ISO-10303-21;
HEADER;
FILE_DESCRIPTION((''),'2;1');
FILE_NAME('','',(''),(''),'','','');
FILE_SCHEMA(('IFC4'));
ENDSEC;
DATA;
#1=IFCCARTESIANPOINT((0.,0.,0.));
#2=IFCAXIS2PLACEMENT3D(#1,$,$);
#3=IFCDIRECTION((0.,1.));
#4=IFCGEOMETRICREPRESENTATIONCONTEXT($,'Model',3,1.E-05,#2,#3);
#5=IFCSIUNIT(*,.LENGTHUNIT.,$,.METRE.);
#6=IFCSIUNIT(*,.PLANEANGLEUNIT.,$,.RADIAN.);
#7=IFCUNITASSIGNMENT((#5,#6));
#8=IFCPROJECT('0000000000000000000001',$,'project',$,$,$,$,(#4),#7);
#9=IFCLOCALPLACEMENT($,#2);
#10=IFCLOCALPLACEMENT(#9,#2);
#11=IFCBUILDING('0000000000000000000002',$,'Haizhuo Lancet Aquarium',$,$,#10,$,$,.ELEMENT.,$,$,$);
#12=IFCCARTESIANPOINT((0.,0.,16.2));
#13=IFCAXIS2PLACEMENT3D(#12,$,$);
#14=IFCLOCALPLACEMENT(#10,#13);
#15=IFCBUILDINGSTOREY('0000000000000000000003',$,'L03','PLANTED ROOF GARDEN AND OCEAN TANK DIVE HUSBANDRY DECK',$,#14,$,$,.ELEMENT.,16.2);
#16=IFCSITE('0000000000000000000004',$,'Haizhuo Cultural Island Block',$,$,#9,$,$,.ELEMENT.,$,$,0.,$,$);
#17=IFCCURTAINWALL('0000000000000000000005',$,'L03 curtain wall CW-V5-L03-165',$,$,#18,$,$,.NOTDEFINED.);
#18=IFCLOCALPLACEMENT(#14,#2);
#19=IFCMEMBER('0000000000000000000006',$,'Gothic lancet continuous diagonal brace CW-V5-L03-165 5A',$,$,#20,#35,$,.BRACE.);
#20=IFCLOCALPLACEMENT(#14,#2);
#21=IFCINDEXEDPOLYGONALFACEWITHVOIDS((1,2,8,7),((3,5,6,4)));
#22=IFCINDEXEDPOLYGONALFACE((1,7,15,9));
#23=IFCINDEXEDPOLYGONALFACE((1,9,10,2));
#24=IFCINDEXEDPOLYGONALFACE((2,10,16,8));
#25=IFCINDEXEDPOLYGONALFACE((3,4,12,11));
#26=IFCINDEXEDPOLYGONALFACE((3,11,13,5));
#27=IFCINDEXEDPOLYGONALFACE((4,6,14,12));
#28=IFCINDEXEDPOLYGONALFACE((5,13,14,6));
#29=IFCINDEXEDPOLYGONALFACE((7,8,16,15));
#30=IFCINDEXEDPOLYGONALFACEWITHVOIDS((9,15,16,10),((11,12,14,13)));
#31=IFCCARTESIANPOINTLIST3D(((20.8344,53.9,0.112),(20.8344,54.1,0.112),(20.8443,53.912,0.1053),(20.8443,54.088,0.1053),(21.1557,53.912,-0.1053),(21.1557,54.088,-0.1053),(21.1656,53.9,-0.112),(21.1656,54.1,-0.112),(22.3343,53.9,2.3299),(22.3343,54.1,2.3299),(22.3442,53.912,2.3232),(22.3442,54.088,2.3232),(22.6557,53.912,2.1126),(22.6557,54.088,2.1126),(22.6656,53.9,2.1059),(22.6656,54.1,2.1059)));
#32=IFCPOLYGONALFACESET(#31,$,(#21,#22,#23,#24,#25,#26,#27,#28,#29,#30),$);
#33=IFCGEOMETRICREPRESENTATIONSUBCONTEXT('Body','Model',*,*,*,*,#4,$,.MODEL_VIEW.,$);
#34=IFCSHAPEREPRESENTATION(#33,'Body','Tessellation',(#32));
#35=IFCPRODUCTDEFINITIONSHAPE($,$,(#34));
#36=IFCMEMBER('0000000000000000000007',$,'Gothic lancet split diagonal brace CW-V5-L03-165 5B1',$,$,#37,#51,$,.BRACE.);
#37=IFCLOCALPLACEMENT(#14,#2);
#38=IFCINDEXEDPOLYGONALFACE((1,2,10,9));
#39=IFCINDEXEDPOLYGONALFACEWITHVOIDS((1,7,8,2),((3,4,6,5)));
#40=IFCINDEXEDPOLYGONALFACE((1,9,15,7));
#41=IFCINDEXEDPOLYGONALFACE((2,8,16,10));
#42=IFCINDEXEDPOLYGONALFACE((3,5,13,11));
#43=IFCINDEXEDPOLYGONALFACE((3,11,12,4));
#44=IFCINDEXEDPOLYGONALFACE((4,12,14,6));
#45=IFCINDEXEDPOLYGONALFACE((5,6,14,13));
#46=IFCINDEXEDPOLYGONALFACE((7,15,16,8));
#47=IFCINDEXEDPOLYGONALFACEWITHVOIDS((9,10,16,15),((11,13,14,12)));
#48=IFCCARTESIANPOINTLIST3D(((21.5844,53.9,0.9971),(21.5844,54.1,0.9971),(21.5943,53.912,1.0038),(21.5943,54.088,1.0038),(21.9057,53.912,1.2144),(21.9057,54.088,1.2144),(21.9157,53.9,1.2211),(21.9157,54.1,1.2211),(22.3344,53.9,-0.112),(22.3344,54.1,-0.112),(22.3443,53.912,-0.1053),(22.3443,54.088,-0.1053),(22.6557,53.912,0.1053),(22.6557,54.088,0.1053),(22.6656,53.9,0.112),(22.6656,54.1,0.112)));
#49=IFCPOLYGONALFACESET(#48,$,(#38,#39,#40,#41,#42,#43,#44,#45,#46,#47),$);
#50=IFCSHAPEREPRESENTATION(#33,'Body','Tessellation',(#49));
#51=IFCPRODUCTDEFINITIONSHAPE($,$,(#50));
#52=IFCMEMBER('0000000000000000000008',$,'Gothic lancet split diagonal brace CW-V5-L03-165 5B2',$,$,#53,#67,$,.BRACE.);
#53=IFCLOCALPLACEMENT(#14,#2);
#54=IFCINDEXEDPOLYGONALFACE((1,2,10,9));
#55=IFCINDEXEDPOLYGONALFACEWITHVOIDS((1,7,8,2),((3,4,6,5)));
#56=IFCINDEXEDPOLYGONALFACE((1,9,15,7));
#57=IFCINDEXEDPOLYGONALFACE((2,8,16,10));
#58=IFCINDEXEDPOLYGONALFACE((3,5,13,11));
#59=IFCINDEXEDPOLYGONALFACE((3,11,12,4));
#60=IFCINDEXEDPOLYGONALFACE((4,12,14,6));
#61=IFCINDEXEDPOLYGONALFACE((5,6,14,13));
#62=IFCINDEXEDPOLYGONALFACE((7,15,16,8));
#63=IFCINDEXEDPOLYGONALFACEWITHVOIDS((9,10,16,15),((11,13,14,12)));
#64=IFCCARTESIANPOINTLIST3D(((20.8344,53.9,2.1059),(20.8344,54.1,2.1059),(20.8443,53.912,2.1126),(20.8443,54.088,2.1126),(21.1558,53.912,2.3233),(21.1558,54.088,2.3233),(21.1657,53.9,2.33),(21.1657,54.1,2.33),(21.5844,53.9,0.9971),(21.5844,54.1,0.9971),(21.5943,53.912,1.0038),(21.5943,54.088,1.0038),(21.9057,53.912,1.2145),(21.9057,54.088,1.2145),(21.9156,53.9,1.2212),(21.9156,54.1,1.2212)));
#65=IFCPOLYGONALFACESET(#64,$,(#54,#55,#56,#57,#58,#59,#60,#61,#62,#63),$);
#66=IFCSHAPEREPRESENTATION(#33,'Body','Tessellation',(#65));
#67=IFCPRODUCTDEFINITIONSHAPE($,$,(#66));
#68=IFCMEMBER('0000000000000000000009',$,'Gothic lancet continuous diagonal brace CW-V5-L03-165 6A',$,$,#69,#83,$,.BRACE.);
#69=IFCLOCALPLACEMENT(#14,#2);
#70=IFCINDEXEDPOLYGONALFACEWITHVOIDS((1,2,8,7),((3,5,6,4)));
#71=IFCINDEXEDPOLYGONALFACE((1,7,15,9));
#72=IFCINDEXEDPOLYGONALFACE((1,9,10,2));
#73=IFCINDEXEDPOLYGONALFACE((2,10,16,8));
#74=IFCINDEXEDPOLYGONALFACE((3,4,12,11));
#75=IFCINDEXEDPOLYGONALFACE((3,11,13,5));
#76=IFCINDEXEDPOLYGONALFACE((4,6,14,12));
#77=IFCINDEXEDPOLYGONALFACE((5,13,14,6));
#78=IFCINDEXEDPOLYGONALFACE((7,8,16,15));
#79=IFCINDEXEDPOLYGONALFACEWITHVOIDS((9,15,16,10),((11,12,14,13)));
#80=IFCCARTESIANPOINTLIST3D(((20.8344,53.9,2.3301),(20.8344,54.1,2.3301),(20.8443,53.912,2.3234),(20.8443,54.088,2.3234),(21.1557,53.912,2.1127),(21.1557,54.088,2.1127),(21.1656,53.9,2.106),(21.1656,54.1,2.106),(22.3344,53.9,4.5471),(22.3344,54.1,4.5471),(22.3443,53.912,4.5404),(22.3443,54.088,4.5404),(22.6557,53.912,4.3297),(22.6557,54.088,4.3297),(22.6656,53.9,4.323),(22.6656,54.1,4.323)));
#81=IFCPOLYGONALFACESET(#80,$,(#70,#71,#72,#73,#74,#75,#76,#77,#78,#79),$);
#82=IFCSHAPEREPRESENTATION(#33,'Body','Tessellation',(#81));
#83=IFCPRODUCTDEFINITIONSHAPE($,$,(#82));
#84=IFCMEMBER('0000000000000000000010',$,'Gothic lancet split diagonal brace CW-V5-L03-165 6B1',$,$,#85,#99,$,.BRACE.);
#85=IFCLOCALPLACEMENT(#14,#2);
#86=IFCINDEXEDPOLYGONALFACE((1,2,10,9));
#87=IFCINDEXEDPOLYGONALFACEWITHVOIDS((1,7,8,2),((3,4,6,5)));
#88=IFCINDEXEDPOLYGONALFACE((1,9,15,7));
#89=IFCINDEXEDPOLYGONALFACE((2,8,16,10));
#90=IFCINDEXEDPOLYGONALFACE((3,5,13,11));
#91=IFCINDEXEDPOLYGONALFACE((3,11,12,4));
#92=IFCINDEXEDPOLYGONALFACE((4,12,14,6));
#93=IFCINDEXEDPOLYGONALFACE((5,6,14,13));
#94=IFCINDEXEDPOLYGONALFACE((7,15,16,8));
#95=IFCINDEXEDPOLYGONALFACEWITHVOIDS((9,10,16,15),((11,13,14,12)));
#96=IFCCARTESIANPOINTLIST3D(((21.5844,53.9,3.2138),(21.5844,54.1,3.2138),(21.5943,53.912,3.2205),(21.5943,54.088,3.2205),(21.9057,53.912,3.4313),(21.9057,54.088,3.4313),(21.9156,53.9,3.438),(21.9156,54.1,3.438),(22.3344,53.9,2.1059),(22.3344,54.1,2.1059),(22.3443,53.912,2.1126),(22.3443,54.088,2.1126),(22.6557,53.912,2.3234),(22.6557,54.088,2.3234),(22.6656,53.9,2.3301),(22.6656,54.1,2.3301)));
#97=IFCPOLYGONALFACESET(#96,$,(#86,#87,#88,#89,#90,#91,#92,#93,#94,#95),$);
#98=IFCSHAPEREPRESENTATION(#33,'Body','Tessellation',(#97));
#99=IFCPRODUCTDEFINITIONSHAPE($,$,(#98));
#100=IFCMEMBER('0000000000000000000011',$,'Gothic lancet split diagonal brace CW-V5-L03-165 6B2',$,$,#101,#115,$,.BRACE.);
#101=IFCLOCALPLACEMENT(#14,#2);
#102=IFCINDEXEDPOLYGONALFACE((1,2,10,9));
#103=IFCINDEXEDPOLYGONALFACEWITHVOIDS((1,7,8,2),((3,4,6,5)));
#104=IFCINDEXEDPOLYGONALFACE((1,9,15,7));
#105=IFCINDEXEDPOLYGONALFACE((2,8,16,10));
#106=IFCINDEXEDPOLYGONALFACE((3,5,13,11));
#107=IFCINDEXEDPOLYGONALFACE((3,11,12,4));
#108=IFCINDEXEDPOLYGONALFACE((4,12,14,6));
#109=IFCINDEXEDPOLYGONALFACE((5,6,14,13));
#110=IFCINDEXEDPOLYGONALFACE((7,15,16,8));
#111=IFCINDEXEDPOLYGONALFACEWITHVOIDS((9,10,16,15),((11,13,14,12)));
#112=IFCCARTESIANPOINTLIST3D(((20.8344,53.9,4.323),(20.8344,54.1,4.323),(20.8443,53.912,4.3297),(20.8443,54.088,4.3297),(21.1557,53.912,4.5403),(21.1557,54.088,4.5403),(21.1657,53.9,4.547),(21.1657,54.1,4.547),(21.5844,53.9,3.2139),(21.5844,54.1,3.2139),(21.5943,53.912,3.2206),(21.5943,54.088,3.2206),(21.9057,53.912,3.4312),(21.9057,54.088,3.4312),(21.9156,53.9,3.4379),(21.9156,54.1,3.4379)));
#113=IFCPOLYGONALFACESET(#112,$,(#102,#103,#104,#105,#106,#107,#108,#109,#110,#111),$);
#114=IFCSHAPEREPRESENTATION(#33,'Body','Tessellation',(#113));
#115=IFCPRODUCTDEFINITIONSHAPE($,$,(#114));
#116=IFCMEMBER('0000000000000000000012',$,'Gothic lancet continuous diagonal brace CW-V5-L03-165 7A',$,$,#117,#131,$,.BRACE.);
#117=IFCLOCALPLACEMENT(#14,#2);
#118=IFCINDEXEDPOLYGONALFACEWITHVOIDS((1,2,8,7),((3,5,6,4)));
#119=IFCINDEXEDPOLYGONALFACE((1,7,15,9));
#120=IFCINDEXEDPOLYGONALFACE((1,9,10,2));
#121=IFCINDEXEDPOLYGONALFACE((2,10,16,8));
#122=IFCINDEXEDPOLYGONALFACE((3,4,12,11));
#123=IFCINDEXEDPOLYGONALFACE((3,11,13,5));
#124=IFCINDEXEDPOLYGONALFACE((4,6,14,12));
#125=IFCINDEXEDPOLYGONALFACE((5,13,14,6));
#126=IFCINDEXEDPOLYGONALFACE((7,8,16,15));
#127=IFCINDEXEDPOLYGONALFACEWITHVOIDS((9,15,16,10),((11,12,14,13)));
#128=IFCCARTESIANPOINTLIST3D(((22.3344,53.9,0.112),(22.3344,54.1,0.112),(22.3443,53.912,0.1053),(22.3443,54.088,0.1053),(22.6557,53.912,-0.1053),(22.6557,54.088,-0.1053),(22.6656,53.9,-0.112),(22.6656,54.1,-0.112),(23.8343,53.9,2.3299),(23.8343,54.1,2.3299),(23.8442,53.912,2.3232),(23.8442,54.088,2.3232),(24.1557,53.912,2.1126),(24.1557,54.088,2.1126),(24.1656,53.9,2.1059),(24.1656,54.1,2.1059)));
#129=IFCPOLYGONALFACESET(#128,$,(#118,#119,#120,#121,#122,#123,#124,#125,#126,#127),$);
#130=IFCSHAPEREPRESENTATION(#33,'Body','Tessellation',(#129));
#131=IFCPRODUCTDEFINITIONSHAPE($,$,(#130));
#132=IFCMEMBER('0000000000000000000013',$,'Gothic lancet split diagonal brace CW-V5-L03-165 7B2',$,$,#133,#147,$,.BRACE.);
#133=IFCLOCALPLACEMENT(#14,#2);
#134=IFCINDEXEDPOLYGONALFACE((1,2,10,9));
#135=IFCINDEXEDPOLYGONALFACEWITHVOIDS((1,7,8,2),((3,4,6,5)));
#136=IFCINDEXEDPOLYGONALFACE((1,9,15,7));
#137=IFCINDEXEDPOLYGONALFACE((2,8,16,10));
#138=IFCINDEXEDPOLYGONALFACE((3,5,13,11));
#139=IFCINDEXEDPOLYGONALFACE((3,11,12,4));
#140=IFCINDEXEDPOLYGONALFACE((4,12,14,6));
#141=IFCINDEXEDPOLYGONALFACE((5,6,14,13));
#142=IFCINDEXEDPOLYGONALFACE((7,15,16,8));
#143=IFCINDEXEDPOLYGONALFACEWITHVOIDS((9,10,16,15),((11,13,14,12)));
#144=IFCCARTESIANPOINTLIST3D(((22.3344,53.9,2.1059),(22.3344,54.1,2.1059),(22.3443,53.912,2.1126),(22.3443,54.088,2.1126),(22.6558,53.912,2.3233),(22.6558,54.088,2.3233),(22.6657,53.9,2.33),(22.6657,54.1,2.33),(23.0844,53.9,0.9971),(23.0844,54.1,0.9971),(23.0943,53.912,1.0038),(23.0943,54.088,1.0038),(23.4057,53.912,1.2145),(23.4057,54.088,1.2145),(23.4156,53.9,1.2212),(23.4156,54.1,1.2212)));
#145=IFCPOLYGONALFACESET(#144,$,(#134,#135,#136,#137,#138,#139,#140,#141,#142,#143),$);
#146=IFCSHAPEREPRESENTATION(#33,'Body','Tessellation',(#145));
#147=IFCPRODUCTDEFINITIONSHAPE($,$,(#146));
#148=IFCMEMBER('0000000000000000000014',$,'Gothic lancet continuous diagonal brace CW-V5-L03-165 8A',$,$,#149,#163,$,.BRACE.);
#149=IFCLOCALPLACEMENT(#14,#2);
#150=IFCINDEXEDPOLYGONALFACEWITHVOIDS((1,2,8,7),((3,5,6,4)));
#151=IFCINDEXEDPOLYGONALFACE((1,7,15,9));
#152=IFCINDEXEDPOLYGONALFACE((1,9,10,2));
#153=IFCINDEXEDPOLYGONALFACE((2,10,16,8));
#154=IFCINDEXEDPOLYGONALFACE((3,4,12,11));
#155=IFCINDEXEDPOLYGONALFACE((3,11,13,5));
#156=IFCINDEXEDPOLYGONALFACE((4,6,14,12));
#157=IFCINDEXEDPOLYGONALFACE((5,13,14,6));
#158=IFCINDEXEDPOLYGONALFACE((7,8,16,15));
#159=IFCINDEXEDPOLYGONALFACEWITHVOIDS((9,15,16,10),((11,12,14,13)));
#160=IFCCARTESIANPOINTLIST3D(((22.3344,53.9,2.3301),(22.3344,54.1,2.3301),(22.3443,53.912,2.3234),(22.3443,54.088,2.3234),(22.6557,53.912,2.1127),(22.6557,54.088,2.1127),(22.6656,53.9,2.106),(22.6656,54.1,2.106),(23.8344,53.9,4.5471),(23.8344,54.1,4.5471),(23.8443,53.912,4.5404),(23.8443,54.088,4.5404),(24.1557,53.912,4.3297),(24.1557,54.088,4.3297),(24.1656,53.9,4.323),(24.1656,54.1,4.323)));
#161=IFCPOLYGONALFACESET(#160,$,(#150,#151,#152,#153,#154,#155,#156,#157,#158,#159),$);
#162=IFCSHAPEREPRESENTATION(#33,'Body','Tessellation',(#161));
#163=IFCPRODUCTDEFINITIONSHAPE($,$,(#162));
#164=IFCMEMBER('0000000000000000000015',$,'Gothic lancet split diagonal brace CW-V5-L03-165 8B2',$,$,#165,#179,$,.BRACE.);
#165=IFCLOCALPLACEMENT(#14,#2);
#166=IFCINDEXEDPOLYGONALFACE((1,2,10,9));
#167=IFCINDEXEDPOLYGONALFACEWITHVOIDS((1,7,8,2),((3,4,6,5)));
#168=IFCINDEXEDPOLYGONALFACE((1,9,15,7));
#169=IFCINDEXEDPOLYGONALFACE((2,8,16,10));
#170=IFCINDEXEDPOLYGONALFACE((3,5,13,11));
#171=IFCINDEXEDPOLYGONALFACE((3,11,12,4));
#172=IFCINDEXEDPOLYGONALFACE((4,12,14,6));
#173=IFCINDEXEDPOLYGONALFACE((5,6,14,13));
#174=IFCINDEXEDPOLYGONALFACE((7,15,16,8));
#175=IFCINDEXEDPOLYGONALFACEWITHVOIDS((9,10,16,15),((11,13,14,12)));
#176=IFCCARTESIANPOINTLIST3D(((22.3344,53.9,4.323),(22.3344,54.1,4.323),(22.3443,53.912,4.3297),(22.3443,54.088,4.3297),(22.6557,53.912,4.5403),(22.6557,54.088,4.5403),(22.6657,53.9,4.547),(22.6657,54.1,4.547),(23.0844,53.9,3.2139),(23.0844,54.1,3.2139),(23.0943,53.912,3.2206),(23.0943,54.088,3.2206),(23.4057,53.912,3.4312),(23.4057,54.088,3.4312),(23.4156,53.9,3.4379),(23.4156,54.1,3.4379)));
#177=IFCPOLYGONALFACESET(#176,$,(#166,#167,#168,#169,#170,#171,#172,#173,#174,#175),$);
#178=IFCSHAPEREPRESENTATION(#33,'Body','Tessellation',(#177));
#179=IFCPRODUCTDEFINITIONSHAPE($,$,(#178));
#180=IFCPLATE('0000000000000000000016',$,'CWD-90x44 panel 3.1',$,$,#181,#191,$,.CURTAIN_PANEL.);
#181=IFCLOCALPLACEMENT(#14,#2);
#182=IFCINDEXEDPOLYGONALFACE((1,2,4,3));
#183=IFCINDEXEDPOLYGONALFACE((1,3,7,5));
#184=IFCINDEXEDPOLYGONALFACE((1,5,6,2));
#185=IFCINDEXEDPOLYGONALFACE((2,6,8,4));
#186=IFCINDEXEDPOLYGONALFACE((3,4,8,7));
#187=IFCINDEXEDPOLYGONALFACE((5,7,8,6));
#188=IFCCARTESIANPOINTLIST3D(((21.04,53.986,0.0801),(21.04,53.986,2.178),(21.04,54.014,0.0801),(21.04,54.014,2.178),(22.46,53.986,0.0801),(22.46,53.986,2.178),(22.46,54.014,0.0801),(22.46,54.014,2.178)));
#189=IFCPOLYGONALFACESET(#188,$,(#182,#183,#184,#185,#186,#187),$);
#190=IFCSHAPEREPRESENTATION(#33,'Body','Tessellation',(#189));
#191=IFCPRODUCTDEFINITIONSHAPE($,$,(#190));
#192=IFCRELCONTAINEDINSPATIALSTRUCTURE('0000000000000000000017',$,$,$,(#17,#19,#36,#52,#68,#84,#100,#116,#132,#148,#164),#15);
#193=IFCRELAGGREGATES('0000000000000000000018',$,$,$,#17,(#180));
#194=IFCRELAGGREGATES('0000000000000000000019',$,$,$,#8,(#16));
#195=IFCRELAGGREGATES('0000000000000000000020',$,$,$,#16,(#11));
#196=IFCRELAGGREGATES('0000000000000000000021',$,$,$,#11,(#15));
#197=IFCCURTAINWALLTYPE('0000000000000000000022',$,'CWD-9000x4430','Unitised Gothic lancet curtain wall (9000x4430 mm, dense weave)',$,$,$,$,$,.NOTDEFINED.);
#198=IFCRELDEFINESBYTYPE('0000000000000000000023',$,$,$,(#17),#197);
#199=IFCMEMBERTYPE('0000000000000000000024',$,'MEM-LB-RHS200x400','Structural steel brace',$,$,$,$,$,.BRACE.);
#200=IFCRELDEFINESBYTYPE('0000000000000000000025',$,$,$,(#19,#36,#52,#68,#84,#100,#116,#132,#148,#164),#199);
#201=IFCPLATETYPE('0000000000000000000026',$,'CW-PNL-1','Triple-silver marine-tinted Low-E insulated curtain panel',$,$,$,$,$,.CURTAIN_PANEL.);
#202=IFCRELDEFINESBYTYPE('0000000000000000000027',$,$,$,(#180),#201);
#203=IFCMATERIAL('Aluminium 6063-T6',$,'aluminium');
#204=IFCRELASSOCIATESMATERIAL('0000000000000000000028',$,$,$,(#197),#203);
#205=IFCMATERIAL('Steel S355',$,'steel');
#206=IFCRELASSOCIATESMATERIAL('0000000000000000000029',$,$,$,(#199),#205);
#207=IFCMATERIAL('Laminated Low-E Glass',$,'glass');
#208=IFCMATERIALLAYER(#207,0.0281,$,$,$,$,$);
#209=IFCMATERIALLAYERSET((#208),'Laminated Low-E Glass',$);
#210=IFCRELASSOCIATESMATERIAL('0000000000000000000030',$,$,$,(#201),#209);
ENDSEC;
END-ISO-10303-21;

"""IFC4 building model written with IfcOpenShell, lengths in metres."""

from ifc_helpers import new_model, si_unit, direction, frame, origin, origin_2d, place, context, subcontext, project, spatial, rectangle, hollow_rectangle, extrude, material, layer, layer_set, material_profile, profile_set, type_object, element, aggregate, save


model = new_model("IFC4")

# Units and contexts
model_context = context("Model", 3, precision=1e-05, world=origin(), true_north=direction((0.0, 1.0)))
body_context = subcontext(model_context, "Body", "Model", "MODEL_VIEW")
ifc_project = project(units=[si_unit("LENGTHUNIT", "METRE"), si_unit("PLANEANGLEUNIT", "RADIAN")], contexts=[model_context])

# Site, building, storey
site_placement = place(None, origin())
site = spatial("IfcSite", under=ifc_project, at=site_placement, Name="Haizhuo Cultural Island Block", CompositionType="ELEMENT", RefElevation=0.0)
building_placement = place(site_placement, origin())
building = spatial("IfcBuilding", under=site, at=building_placement, Name="Haizhuo Lancet Aquarium", CompositionType="ELEMENT")
storey_placement = place(building_placement, frame((0.0, 0.0, 16.2)))
storey = spatial("IfcBuildingStorey", under=building, at=storey_placement, Name="L03", Description="PLANTED ROOF GARDEN AND OCEAN TANK DIVE HUSBANDRY DECK", CompositionType="ELEMENT", Elevation=16.2)

# Curtain wall
ifc_material_1 = material(Name="Aluminium 6063-T6", Category="aluminium")
curtain_wall_type = type_object("IfcCurtainWallType", Name="CWD-9000x4430", Description="Unitised Gothic lancet curtain wall (9000x4430 mm, dense weave)", PredefinedType="NOTDEFINED", material=ifc_material_1)
curtain_wall_placement = place(storey_placement, origin())
curtain_wall = element("IfcCurtainWall", 1, at=curtain_wall_placement, inside=storey, type_object=curtain_wall_type, Name="L03 curtain wall CW-V5-L03-165", PredefinedType="NOTDEFINED")

# Members
ifc_material_2 = material(Name="Steel S355", Category="steel")
ifc_material_profile_1 = material_profile(ifc_material_2, hollow_rectangle(XDim=0.2, YDim=0.3999, WallThickness=0.012, at=origin_2d()), Name="RHS 200x400x12")
ifc_profile_set_1 = profile_set([ifc_material_profile_1], Name="Steel S355")
member_type_1 = type_object("IfcMemberType", Name="MEM-LB-RHS200x400", Description="Structural steel brace", PredefinedType="BRACE", material=ifc_profile_set_1)
member_1_placement = place(storey_placement, frame((21.0, 54.0, 0.0), z_axis=(0.560201, 0.0, 0.828357), x_axis=(0.0, 1.0, 0.0)))
element("IfcMember", 2, at=member_1_placement, inside=storey, type_object=member_type_1, Name="Gothic lancet continuous diagonal brace CW-V5-L03-165 5A", PredefinedType="BRACE", context=body_context, shape_type="SweptSolid", body=[
    extrude(hollow_rectangle(XDim=0.2, YDim=0.3999, WallThickness=0.012, at=origin_2d()), origin(), (0.0, 0.0, 1.0), 2.6775),
])
member_2_placement = place(storey_placement, frame((22.5, 54.0, 0.0), z_axis=(-0.560159, 0.0, 0.828385), x_axis=(0.0, -1.0, 0.0)))
element("IfcMember", 3, at=member_2_placement, inside=storey, type_object=member_type_1, Name="Gothic lancet split diagonal brace CW-V5-L03-165 5B1", PredefinedType="BRACE", context=body_context, shape_type="SweptSolid", body=[
    extrude(hollow_rectangle(XDim=0.2, YDim=0.3999, WallThickness=0.012, at=origin_2d()), origin(), (0.0, 0.0, 1.0), 1.3389),
])
member_3_placement = place(storey_placement, frame((21.75, 54.0, 1.1091), z_axis=(-0.560243, 0.0, 0.828328), x_axis=(0.0, -1.0, 0.0)))
element("IfcMember", 4, at=member_3_placement, inside=storey, type_object=member_type_1, Name="Gothic lancet split diagonal brace CW-V5-L03-165 5B2", PredefinedType="BRACE", context=body_context, shape_type="SweptSolid", body=[
    extrude(hollow_rectangle(XDim=0.2, YDim=0.3999, WallThickness=0.012, at=origin_2d()), origin(), (0.0, 0.0, 1.0), 1.3386),
])
member_4_placement = place(storey_placement, frame((21.0, 54.0, 2.218), z_axis=(0.56037, 0.0, 0.828242), x_axis=(0.0, 1.0, 0.0)))
element("IfcMember", 5, at=member_4_placement, inside=storey, type_object=member_type_1, Name="Gothic lancet continuous diagonal brace CW-V5-L03-165 6A", PredefinedType="BRACE", context=body_context, shape_type="SweptSolid", body=[
    extrude(hollow_rectangle(XDim=0.2, YDim=0.3999, WallThickness=0.012, at=origin_2d()), origin(), (0.0, 0.0, 1.0), 2.6768),
])
member_5_placement = place(storey_placement, frame((22.5, 54.0, 2.218), z_axis=(-0.560582, 0.0, 0.828099), x_axis=(0.0, -1.0, 0.0)))
element("IfcMember", 6, at=member_5_placement, inside=storey, type_object=member_type_1, Name="Gothic lancet split diagonal brace CW-V5-L03-165 6B1", PredefinedType="BRACE", context=body_context, shape_type="SweptSolid", body=[
    extrude(hollow_rectangle(XDim=0.2, YDim=0.3999, WallThickness=0.012, at=origin_2d()), origin(), (0.0, 0.0, 1.0), 1.3379),
])
member_6_placement = place(storey_placement, frame((21.75, 54.0, 3.3259), z_axis=(-0.560159, 0.0, 0.828385), x_axis=(0.0, -1.0, 0.0)))
element("IfcMember", 7, at=member_6_placement, inside=storey, type_object=member_type_1, Name="Gothic lancet split diagonal brace CW-V5-L03-165 6B2", PredefinedType="BRACE", context=body_context, shape_type="SweptSolid", body=[
    extrude(hollow_rectangle(XDim=0.2, YDim=0.3999, WallThickness=0.012, at=origin_2d()), origin(), (0.0, 0.0, 1.0), 1.3389),
])
member_7_placement = place(storey_placement, frame((22.5, 54.0, 0.0), z_axis=(0.560201, 0.0, 0.828357), x_axis=(0.0, 1.0, 0.0)))
element("IfcMember", 8, at=member_7_placement, inside=storey, type_object=member_type_1, Name="Gothic lancet continuous diagonal brace CW-V5-L03-165 7A", PredefinedType="BRACE", context=body_context, shape_type="SweptSolid", body=[
    extrude(hollow_rectangle(XDim=0.2, YDim=0.3999, WallThickness=0.012, at=origin_2d()), origin(), (0.0, 0.0, 1.0), 2.6775),
])
member_8_placement = place(storey_placement, frame((23.25, 54.0, 1.1091), z_axis=(-0.560243, 0.0, 0.828328), x_axis=(0.0, -1.0, 0.0)))
element("IfcMember", 9, at=member_8_placement, inside=storey, type_object=member_type_1, Name="Gothic lancet split diagonal brace CW-V5-L03-165 7B2", PredefinedType="BRACE", context=body_context, shape_type="SweptSolid", body=[
    extrude(hollow_rectangle(XDim=0.2, YDim=0.3999, WallThickness=0.012, at=origin_2d()), origin(), (0.0, 0.0, 1.0), 1.3386),
])
member_9_placement = place(storey_placement, frame((22.5, 54.0, 2.218), z_axis=(0.56037, 0.0, 0.828242), x_axis=(0.0, 1.0, 0.0)))
element("IfcMember", 10, at=member_9_placement, inside=storey, type_object=member_type_1, Name="Gothic lancet continuous diagonal brace CW-V5-L03-165 8A", PredefinedType="BRACE", context=body_context, shape_type="SweptSolid", body=[
    extrude(hollow_rectangle(XDim=0.2, YDim=0.3999, WallThickness=0.012, at=origin_2d()), origin(), (0.0, 0.0, 1.0), 2.6768),
])
member_10_placement = place(storey_placement, frame((23.25, 54.0, 3.3259), z_axis=(-0.560159, 0.0, 0.828385), x_axis=(0.0, -1.0, 0.0)))
element("IfcMember", 11, at=member_10_placement, inside=storey, type_object=member_type_1, Name="Gothic lancet split diagonal brace CW-V5-L03-165 8B2", PredefinedType="BRACE", context=body_context, shape_type="SweptSolid", body=[
    extrude(hollow_rectangle(XDim=0.2, YDim=0.3999, WallThickness=0.012, at=origin_2d()), origin(), (0.0, 0.0, 1.0), 1.3389),
])

# Plate
ifc_material_3 = material(Name="Laminated Low-E Glass", Category="glass")
ifc_layer = layer(ifc_material_3, 0.0281)
ifc_layer_set = layer_set([ifc_layer], Name="Laminated Low-E Glass")
plate_type = type_object("IfcPlateType", Name="CW-PNL-1", Description="Triple-silver marine-tinted Low-E insulated curtain panel", PredefinedType="CURTAIN_PANEL", material=ifc_layer_set)
plate_1_placement = place(storey_placement, frame((21.75, 54.0, 0.0801), z_axis=(0.0, 0.0, 1.0), x_axis=(1.0, 0.0, 0.0)))
plate_1 = element("IfcPlate", 12, at=plate_1_placement, type_object=plate_type, Name="CWD-90x44 panel 3.1", PredefinedType="CURTAIN_PANEL", context=body_context, shape_type="SweptSolid", body=[
    extrude(rectangle(XDim=1.4199, YDim=0.0281, at=origin_2d()), origin(), (0.0, 0.0, 1.0), 2.0979),
])
aggregate(curtain_wall, [plate_1])

save(model, "model.ifc")
